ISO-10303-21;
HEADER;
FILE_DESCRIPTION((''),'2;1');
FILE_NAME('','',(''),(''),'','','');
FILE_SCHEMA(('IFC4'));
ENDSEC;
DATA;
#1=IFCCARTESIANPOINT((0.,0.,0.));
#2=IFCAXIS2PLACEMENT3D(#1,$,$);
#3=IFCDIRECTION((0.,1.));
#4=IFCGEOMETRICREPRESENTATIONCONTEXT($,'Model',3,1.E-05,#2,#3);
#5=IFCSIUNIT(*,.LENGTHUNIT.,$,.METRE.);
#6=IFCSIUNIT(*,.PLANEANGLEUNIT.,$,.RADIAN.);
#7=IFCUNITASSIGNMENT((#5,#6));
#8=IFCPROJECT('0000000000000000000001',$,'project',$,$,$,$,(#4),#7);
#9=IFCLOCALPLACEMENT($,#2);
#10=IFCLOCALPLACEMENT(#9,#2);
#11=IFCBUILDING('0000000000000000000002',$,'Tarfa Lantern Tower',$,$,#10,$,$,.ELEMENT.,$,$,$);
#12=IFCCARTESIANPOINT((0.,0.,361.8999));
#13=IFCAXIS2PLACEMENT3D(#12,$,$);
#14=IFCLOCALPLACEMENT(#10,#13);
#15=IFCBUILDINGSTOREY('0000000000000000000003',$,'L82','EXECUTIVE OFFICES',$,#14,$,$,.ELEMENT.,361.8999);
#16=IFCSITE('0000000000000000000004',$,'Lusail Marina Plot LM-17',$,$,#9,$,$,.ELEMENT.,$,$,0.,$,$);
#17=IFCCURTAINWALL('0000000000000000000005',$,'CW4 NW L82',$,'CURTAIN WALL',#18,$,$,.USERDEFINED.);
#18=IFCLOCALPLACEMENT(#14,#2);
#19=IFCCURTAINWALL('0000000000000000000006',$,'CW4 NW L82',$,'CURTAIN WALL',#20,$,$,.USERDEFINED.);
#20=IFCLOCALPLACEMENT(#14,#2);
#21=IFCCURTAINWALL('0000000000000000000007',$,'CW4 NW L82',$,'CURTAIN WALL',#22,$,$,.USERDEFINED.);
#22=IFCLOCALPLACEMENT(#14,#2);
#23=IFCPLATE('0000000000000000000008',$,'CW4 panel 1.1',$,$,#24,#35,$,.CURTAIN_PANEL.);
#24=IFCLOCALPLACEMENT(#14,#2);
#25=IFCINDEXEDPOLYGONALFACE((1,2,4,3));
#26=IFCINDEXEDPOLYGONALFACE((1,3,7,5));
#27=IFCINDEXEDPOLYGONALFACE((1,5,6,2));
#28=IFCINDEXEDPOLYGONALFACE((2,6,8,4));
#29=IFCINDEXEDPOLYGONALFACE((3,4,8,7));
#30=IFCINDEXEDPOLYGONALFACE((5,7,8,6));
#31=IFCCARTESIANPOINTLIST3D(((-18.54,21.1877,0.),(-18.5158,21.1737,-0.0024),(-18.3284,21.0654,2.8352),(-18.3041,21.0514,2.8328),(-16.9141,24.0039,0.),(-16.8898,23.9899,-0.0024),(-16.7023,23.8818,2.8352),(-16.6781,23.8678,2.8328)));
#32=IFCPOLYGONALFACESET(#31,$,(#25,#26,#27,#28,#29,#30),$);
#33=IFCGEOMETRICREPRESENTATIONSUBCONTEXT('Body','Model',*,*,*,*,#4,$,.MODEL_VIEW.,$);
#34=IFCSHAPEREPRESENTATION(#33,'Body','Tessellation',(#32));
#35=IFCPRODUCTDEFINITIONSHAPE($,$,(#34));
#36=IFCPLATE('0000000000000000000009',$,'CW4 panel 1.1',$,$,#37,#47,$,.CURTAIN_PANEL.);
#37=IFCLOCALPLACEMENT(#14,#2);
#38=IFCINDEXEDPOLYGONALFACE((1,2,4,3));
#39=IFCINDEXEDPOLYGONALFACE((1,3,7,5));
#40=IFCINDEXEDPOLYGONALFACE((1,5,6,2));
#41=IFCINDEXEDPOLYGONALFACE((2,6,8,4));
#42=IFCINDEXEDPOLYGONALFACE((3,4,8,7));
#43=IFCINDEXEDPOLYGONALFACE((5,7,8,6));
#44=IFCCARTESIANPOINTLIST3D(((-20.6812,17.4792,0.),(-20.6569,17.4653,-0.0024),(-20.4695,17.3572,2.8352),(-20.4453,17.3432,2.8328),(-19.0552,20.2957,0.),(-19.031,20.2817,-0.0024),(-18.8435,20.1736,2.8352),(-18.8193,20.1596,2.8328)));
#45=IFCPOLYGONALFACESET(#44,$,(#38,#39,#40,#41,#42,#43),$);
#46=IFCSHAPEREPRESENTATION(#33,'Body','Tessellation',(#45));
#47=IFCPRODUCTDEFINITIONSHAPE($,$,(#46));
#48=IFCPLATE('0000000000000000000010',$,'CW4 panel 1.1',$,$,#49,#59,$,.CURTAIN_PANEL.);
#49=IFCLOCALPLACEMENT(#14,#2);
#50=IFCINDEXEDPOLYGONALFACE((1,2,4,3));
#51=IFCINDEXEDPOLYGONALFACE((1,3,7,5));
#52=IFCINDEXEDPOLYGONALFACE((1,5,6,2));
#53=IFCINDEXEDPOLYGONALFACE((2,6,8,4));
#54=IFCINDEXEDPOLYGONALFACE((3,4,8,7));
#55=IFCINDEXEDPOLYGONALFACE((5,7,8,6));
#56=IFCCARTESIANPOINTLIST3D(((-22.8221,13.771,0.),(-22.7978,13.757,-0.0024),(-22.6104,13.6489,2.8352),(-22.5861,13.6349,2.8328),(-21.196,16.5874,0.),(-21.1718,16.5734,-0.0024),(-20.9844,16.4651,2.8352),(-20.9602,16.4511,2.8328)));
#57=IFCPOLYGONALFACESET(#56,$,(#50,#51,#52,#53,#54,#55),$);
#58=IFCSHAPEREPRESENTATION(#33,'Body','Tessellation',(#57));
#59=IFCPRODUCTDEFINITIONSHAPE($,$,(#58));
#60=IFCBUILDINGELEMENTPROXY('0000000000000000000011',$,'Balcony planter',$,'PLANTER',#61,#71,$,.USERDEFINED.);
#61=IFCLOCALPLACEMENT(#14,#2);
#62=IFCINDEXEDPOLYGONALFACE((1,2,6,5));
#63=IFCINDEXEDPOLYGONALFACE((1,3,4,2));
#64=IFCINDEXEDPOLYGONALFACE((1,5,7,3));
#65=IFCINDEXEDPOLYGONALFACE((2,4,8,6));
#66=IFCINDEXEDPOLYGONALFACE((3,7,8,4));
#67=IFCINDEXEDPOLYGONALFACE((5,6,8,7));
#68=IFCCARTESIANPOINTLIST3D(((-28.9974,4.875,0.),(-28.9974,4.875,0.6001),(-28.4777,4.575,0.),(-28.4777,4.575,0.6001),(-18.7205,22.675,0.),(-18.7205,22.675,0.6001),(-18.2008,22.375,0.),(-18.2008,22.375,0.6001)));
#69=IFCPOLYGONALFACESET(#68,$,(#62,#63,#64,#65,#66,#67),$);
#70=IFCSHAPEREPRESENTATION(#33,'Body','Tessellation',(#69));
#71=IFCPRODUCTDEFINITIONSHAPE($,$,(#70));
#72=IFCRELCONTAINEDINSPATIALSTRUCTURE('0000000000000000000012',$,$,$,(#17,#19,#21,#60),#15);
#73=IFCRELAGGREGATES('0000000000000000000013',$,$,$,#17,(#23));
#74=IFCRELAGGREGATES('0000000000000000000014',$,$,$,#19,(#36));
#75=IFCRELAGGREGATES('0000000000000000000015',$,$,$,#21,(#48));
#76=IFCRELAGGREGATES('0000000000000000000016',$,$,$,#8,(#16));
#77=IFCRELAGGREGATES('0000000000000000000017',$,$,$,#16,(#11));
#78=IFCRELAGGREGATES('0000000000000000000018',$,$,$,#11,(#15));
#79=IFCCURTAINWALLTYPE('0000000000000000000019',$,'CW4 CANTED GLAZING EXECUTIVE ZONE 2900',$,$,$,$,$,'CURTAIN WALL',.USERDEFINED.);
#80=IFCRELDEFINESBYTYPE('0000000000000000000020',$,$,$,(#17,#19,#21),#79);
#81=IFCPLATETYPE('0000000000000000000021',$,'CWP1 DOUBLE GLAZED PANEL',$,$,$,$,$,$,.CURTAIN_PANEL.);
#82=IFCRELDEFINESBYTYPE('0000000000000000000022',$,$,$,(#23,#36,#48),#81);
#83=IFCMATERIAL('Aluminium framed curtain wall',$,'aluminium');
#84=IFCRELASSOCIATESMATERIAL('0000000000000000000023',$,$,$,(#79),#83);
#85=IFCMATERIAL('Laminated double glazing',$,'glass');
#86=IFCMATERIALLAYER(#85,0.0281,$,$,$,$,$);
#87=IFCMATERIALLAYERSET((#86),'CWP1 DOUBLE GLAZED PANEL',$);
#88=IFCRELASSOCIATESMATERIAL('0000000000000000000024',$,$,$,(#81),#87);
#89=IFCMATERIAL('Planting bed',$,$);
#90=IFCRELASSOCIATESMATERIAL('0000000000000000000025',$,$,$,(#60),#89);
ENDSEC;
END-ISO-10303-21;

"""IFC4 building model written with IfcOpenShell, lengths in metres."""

from ifc_helpers import new_model, si_unit, direction, frame, origin, origin_2d, place, context, subcontext, project, spatial, polyline, rectangle, outline, extrude, material, layer, layer_set, type_object, element, aggregate, save


model = new_model("IFC4")

# Units and contexts
model_context = context("Model", 3, precision=1e-05, world=origin(), true_north=direction((0.0, 1.0)))
body_context = subcontext(model_context, "Body", "Model", "MODEL_VIEW")
ifc_project = project(units=[si_unit("LENGTHUNIT", "METRE"), si_unit("PLANEANGLEUNIT", "RADIAN")], contexts=[model_context])

# Site, building, storey
site_placement = place(None, origin())
site = spatial("IfcSite", under=ifc_project, at=site_placement, Name="Lusail Marina Plot LM-17", CompositionType="ELEMENT", RefElevation=0.0)
building_placement = place(site_placement, origin())
building = spatial("IfcBuilding", under=site, at=building_placement, Name="Tarfa Lantern Tower", CompositionType="ELEMENT")
storey_placement = place(building_placement, frame((0.0, 0.0, 361.8999)))
storey = spatial("IfcBuildingStorey", under=building, at=storey_placement, Name="L82", Description="EXECUTIVE OFFICES", CompositionType="ELEMENT", Elevation=361.8999)

# Curtain wall
ifc_material_1 = material(Name="Aluminium framed curtain wall", Category="aluminium")
curtain_wall_type = type_object("IfcCurtainWallType", Name="CW4 CANTED GLAZING EXECUTIVE ZONE 2900", ElementType="CURTAIN WALL", PredefinedType="USERDEFINED", material=ifc_material_1)
curtain_wall_1_placement = place(storey_placement, origin())
curtain_wall_1 = element("IfcCurtainWall", 1, at=curtain_wall_1_placement, inside=storey, type_object=curtain_wall_type, Name="CW4 NW L82", ObjectType="CURTAIN WALL", PredefinedType="USERDEFINED")

# Curtain walls
curtain_wall_2_placement = place(storey_placement, origin())
curtain_wall_2 = element("IfcCurtainWall", 2, at=curtain_wall_2_placement, inside=storey, type_object=curtain_wall_type, Name="CW4 NW L82", ObjectType="CURTAIN WALL", PredefinedType="USERDEFINED")
curtain_wall_3_placement = place(storey_placement, origin())
curtain_wall_3 = element("IfcCurtainWall", 3, at=curtain_wall_3_placement, inside=storey, type_object=curtain_wall_type, Name="CW4 NW L82", ObjectType="CURTAIN WALL", PredefinedType="USERDEFINED")

# Plates
ifc_material_2 = material(Name="Laminated double glazing", Category="glass")
ifc_layer = layer(ifc_material_2, 0.0281)
ifc_layer_set = layer_set([ifc_layer], Name="CWP1 DOUBLE GLAZED PANEL")
plate_type = type_object("IfcPlateType", Name="CWP1 DOUBLE GLAZED PANEL", PredefinedType="CURTAIN_PANEL", material=ifc_layer_set)
plate_1_placement = place(storey_placement, frame((-16.9141, 24.0039, 0.0), z_axis=(-0.862826, 0.498151, 0.085886), x_axis=(-0.499999, -0.866026, -0.000002)))
plate_1 = element("IfcPlate", 4, at=plate_1_placement, type_object=plate_type, Name="CW4 panel 1.1", PredefinedType="CURTAIN_PANEL", context=body_context, shape_type="SweptSolid", body=[
    extrude(outline(polyline([(0.0, 0.0), (3.2519, 0.0), (3.2519, 2.8457), (-0.0001, 2.8457), (0.0, 0.0)])), origin(), (0.0, 0.0, -1.0), 0.0281),
])
aggregate(curtain_wall_1, [plate_1])
plate_2_placement = place(storey_placement, frame((-19.0552, 20.2957, 0.0), z_axis=(-0.862837, 0.498136, 0.085865), x_axis=(-0.499982, -0.866036, 0.0)))
plate_2 = element("IfcPlate", 5, at=plate_2_placement, type_object=plate_type, Name="CW4 panel 1.1", PredefinedType="CURTAIN_PANEL", context=body_context, shape_type="SweptSolid", body=[
    extrude(outline(polyline([(0.0, 0.0), (3.2521, 0.0), (3.252, 2.8457), (-0.0001, 2.8457), (0.0, 0.0)])), origin(), (0.0, 0.0, -1.0), 0.0281),
])
aggregate(curtain_wall_2, [plate_2])
plate_3_placement = place(storey_placement, frame((-21.196, 16.5874, 0.0), z_axis=(-0.862826, 0.498151, 0.085886), x_axis=(-0.499999, -0.866026, 0.000002)))
plate_3 = element("IfcPlate", 6, at=plate_3_placement, type_object=plate_type, Name="CW4 panel 1.1", PredefinedType="CURTAIN_PANEL", context=body_context, shape_type="SweptSolid", body=[
    extrude(outline(polyline([(0.0, 0.0), (3.2521, 0.0), (3.252, 2.8457), (0.0001, 2.8457), (0.0, 0.0)])), origin(), (0.0, 0.0, -1.0), 0.0281),
])
aggregate(curtain_wall_3, [plate_3])

# Building element proxy
ifc_material_3 = material(Name="Planting bed")
proxy_placement = place(storey_placement, frame((-23.5991, 13.625, 0.0), z_axis=(0.0, 0.0, 1.0), x_axis=(-0.5, -0.866025, 0.0)))
element("IfcBuildingElementProxy", 7, at=proxy_placement, inside=storey, material=ifc_material_3, Name="Balcony planter", ObjectType="PLANTER", PredefinedType="USERDEFINED", context=body_context, shape_type="SweptSolid", body=[
    extrude(rectangle(XDim=20.5537, YDim=0.6001, at=origin_2d()), origin(), (0.0, 0.0, 1.0), 0.6001),
])

save(model, "model.ifc")
